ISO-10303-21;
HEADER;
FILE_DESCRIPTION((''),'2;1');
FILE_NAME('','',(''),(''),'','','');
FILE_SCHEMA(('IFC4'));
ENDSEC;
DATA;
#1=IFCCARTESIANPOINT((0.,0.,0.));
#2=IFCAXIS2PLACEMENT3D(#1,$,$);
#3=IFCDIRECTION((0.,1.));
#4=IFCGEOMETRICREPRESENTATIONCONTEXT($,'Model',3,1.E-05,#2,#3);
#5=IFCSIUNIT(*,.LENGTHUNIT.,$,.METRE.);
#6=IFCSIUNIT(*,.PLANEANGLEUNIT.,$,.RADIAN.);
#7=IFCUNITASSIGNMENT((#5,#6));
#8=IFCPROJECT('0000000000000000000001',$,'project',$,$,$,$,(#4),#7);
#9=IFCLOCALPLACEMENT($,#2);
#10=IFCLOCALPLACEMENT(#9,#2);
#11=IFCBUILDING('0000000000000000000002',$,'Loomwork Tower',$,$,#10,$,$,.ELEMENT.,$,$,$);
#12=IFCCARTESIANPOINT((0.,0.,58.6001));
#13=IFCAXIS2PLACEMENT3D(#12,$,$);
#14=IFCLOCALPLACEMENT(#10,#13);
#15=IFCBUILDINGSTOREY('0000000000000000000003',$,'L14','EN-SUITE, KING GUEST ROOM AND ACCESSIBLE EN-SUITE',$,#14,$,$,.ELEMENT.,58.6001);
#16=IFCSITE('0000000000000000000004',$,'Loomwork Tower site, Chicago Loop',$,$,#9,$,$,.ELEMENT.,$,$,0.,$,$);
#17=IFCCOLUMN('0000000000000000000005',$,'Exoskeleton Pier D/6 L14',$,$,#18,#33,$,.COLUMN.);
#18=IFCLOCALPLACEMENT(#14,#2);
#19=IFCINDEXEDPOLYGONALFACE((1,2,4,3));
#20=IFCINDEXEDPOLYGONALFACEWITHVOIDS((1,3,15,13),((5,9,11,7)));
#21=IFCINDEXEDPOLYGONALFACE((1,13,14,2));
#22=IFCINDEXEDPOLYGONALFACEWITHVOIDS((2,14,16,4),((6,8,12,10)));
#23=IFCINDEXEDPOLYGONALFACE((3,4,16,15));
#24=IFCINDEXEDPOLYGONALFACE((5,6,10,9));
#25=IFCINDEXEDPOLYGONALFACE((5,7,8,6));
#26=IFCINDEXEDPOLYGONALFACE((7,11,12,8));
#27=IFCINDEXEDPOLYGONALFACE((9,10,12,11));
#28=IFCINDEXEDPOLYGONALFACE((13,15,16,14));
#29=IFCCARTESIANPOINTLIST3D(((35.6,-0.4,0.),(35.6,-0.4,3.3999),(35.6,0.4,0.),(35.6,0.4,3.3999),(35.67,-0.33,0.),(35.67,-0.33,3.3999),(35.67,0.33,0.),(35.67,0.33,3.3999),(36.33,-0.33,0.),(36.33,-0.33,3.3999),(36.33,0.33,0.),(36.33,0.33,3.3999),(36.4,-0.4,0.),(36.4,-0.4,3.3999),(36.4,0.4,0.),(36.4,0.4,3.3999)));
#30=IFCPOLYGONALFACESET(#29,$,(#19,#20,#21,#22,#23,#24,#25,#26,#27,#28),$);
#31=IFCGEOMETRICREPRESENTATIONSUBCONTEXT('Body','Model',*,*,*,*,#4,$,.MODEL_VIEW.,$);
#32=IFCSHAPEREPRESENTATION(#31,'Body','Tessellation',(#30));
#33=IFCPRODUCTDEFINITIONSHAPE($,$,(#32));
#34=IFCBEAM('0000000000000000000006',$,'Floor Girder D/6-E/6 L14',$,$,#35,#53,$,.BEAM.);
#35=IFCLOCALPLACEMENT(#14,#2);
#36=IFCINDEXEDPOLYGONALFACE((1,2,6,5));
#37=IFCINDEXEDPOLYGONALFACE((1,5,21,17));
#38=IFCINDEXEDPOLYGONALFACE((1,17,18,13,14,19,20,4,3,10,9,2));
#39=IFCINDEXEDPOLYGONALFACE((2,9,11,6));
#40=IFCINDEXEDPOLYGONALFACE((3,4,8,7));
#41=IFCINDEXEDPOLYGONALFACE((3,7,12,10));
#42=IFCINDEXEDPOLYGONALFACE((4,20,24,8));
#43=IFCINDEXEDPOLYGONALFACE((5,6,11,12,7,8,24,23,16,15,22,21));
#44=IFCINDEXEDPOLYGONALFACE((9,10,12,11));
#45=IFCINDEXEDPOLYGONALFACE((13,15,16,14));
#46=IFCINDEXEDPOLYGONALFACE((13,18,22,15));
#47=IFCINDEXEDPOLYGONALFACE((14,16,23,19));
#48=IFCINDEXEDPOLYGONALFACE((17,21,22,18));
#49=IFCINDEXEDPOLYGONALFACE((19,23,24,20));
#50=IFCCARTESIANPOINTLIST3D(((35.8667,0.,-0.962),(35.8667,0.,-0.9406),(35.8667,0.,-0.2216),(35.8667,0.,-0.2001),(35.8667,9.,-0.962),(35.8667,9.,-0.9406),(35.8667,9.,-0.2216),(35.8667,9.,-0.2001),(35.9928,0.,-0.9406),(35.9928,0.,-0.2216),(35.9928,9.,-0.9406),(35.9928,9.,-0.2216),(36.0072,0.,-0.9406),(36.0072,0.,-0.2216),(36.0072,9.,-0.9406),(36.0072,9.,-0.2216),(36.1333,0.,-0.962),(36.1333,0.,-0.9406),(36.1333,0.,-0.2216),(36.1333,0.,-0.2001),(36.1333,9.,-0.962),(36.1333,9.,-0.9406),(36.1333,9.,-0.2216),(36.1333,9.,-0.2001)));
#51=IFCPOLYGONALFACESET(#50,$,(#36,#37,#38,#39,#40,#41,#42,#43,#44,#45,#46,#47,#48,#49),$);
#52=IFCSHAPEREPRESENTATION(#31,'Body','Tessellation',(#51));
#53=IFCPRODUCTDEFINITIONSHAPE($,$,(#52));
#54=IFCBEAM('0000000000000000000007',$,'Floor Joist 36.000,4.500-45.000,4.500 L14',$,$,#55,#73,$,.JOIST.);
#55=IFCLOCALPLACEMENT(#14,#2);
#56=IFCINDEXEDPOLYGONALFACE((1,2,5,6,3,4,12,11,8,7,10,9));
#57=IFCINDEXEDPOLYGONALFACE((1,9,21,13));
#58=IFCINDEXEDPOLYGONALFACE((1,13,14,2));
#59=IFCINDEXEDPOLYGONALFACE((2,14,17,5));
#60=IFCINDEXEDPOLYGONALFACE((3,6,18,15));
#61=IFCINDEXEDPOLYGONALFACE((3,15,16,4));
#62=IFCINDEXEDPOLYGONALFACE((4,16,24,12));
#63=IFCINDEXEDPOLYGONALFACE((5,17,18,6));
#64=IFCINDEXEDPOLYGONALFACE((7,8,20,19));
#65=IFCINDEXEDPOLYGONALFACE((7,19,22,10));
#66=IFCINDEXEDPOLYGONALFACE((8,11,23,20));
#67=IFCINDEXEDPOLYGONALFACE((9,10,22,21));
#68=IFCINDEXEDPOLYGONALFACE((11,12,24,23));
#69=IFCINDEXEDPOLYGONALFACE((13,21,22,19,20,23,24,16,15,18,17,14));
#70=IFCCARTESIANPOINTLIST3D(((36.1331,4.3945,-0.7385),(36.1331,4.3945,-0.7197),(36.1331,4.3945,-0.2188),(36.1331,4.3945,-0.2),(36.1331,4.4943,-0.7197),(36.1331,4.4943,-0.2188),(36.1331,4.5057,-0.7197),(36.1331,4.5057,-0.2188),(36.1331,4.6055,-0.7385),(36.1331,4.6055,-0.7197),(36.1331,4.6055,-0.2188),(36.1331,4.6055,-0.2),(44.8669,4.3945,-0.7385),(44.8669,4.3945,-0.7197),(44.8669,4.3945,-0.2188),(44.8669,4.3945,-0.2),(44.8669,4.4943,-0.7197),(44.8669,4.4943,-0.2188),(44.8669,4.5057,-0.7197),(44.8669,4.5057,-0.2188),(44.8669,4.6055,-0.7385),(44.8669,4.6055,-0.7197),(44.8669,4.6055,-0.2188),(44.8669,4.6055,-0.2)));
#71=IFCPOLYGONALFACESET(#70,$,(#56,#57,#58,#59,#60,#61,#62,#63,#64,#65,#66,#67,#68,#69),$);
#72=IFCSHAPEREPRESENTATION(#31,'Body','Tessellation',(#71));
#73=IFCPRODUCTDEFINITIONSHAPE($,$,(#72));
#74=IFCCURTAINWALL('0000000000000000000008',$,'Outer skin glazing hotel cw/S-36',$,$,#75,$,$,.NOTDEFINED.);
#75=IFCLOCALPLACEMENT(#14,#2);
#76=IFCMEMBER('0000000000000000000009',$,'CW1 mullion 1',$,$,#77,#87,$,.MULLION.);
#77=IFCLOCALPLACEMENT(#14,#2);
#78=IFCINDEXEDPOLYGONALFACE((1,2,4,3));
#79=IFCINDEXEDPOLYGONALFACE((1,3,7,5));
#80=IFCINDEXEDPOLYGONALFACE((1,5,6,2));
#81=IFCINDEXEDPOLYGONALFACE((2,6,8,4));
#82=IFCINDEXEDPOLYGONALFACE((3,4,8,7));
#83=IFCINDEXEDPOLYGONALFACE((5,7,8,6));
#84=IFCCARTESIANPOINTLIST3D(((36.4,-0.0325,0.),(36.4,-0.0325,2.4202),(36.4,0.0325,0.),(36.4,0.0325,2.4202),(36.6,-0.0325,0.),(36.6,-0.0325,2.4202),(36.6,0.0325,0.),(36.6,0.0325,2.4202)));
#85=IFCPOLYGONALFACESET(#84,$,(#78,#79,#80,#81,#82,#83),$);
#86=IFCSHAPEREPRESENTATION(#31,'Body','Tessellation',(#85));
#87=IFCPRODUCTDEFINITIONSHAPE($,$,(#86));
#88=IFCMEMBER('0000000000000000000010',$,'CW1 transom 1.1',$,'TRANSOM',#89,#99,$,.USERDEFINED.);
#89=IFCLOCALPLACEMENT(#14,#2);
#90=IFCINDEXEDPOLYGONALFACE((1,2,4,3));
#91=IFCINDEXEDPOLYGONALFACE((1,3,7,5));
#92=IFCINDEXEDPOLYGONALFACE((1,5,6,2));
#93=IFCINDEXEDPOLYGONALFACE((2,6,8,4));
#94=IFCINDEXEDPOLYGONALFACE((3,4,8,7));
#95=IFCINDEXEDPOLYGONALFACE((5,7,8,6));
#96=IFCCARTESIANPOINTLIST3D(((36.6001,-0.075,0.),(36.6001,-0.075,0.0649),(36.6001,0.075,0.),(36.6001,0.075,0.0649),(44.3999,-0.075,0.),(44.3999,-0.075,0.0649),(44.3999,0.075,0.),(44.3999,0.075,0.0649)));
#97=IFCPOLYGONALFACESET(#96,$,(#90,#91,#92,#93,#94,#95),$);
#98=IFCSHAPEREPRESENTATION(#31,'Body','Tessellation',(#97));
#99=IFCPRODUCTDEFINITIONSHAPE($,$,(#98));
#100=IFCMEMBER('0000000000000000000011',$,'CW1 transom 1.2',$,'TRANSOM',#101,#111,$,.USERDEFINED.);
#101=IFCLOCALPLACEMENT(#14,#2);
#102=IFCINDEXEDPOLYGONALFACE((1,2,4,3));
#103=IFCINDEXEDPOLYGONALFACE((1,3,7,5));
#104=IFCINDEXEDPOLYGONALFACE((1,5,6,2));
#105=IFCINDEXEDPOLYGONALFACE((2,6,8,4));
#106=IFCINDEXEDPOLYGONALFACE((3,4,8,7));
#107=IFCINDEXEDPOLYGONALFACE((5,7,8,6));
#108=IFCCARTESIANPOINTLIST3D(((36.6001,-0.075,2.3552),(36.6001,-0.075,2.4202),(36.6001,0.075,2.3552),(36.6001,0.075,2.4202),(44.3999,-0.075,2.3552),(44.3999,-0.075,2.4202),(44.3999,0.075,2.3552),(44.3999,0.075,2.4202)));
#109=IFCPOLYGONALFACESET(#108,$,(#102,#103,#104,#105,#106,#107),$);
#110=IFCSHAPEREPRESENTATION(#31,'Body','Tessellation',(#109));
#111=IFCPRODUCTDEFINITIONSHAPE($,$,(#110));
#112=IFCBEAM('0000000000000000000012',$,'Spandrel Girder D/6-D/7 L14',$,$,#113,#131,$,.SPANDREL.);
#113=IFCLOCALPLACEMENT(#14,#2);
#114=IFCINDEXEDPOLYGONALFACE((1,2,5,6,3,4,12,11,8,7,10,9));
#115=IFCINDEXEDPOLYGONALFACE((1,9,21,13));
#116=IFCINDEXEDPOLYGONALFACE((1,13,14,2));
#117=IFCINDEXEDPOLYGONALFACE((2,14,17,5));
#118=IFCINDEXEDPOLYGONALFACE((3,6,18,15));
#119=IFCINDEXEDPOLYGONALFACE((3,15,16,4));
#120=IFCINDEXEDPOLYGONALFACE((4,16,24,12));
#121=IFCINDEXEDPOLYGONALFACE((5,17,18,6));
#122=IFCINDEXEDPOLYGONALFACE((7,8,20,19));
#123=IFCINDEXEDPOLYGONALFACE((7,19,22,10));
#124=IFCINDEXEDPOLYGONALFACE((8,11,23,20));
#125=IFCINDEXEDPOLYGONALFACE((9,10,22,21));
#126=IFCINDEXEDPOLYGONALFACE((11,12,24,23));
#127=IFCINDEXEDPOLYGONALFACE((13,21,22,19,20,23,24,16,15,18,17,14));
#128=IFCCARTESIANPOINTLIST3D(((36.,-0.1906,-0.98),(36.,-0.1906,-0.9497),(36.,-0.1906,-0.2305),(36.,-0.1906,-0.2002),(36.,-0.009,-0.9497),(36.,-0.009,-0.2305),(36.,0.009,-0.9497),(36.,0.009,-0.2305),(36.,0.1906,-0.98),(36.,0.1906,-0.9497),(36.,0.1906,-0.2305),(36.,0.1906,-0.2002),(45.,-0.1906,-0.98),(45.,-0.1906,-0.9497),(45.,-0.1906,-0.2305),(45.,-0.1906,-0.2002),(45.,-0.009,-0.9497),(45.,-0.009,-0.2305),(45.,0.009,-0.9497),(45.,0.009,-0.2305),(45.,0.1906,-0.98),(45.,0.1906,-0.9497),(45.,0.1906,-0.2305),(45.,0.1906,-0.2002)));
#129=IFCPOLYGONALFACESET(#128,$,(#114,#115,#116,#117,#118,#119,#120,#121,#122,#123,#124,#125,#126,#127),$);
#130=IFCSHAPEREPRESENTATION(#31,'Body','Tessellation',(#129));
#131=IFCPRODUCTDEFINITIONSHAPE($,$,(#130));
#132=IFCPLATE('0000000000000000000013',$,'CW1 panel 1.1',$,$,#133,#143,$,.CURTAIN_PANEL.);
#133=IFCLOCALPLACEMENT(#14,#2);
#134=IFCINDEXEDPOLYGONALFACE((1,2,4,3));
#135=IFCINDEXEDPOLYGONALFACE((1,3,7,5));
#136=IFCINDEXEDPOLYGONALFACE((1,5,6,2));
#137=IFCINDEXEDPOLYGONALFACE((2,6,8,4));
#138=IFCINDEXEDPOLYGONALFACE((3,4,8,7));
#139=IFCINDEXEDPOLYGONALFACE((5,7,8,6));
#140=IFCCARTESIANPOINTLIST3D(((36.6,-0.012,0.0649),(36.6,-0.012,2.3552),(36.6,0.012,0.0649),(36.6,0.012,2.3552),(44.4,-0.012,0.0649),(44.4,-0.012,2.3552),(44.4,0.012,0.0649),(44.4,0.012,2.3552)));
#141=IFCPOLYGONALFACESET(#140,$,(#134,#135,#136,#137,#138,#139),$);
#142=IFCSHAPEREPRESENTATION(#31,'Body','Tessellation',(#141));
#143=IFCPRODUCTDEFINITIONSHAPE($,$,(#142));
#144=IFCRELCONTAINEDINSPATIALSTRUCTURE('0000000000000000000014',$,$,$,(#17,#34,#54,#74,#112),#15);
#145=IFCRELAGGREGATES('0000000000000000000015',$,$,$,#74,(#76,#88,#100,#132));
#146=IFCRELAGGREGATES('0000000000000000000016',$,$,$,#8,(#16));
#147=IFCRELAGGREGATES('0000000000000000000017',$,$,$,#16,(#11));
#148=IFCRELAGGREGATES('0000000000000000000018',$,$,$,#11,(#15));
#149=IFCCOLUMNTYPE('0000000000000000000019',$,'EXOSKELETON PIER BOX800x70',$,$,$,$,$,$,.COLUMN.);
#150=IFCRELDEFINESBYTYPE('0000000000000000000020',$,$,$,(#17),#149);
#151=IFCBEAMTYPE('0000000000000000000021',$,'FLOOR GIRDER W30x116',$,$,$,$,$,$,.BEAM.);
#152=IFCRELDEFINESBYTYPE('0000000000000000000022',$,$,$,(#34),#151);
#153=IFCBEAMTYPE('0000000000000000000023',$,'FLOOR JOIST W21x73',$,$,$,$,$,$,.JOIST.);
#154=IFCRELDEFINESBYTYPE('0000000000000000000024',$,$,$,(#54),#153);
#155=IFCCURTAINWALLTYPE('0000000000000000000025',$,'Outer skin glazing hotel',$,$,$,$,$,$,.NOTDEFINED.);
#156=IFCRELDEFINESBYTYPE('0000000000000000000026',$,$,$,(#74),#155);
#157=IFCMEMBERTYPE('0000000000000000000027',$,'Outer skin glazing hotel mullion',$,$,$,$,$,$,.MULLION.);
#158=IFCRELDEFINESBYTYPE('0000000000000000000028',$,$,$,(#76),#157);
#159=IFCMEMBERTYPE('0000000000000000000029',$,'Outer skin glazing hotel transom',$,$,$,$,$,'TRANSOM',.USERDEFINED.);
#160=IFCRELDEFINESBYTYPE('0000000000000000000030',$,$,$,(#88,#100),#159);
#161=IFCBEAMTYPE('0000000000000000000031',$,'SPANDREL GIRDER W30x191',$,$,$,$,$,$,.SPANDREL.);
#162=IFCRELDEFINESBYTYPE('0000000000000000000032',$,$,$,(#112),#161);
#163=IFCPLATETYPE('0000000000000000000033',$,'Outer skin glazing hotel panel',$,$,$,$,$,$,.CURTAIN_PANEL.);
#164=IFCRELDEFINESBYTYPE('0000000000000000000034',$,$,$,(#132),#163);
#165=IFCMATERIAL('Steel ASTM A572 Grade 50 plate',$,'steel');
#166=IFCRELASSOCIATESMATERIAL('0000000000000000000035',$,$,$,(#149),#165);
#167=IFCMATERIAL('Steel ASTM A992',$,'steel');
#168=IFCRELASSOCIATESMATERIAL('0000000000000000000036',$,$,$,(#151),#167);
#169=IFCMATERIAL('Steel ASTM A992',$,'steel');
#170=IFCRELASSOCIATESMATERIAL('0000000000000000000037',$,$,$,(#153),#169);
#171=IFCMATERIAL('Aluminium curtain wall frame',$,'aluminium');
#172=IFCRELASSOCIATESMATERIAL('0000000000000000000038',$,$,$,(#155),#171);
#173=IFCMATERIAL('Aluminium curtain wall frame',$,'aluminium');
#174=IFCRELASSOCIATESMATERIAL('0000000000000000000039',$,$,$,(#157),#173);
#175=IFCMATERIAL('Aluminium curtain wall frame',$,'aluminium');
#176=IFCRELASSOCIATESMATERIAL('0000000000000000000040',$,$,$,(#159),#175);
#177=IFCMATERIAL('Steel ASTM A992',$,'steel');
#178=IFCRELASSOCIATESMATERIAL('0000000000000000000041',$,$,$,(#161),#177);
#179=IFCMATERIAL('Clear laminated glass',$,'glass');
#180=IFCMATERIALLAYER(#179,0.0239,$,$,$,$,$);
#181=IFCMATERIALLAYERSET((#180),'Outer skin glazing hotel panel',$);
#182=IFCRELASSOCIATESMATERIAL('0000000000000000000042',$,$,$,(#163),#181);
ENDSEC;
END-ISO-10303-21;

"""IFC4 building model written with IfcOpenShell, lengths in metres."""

from ifc_helpers import new_model, si_unit, direction, frame, origin, origin_2d, place, context, subcontext, project, spatial, rectangle, hollow_rectangle, i_section, extrude, material, layer, layer_set, material_profile, profile_set, type_object, element, aggregate, save


model = new_model("IFC4")

# Units and contexts
model_context = context("Model", 3, precision=1e-05, world=origin(), true_north=direction((0.0, 1.0)))
body_context = subcontext(model_context, "Body", "Model", "MODEL_VIEW")
ifc_project = project(units=[si_unit("LENGTHUNIT", "METRE"), si_unit("PLANEANGLEUNIT", "RADIAN")], contexts=[model_context])

# Site, building, storey
site_placement = place(None, origin())
site = spatial("IfcSite", under=ifc_project, at=site_placement, Name="Loomwork Tower site, Chicago Loop", CompositionType="ELEMENT", RefElevation=0.0)
building_placement = place(site_placement, origin())
building = spatial("IfcBuilding", under=site, at=building_placement, Name="Loomwork Tower", CompositionType="ELEMENT")
storey_placement = place(building_placement, frame((0.0, 0.0, 58.6001)))
storey = spatial("IfcBuildingStorey", under=building, at=storey_placement, Name="L14", Description="EN-SUITE, KING GUEST ROOM AND ACCESSIBLE EN-SUITE", CompositionType="ELEMENT", Elevation=58.6001)

# Column
ifc_material_1 = material(Name="Steel ASTM A572 Grade 50 plate", Category="steel")
ifc_material_profile_1 = material_profile(ifc_material_1, hollow_rectangle(XDim=0.8, YDim=0.8, WallThickness=0.0701, at=origin_2d()), Name="BOX800x70")
ifc_profile_set_1 = profile_set([ifc_material_profile_1], Name="Steel ASTM A572 Grade 50 plate")
column_type = type_object("IfcColumnType", Name="EXOSKELETON PIER BOX800x70", PredefinedType="COLUMN", material=ifc_profile_set_1)
column_placement = place(storey_placement, frame((36.0, 0.0, 0.0), z_axis=(0.0, 0.0, 1.0), x_axis=(1.0, 0.0, 0.0)))
element("IfcColumn", 1, at=column_placement, inside=storey, type_object=column_type, Name="Exoskeleton Pier D/6 L14", PredefinedType="COLUMN", context=body_context, shape_type="SweptSolid", body=[
    extrude(hollow_rectangle(XDim=0.8, YDim=0.8, WallThickness=0.0701, at=origin_2d()), origin(), (0.0, 0.0, 1.0), 3.3999),
])

# Beams
ifc_material_2 = material(Name="Steel ASTM A992", Category="steel")
ifc_material_profile_2 = material_profile(ifc_material_2, i_section(OverallWidth=0.2666, OverallDepth=0.762, WebThickness=0.0144, FlangeThickness=0.0215, at=origin_2d()), Name="W30x116")
ifc_profile_set_2 = profile_set([ifc_material_profile_2], Name="Steel ASTM A992")
beam_type_1 = type_object("IfcBeamType", Name="FLOOR GIRDER W30x116", PredefinedType="BEAM", material=ifc_profile_set_2)
beam_1_placement = place(storey_placement, frame((36.0, 0.0, -0.5811), z_axis=(0.0, 1.0, 0.0), x_axis=(-1.0, 0.0, 0.0)))
element("IfcBeam", 2, at=beam_1_placement, inside=storey, type_object=beam_type_1, Name="Floor Girder D/6-E/6 L14", PredefinedType="BEAM", context=body_context, shape_type="SweptSolid", body=[
    extrude(i_section(OverallWidth=0.2666, OverallDepth=0.762, WebThickness=0.0144, FlangeThickness=0.0215, at=origin_2d()), origin(), (0.0, 0.0, 1.0), 9.0),
])
ifc_material_3 = material(Name="Steel ASTM A992", Category="steel")
ifc_material_profile_3 = material_profile(ifc_material_3, i_section(OverallWidth=0.2109, OverallDepth=0.5386, WebThickness=0.0115, FlangeThickness=0.0188, at=origin_2d()), Name="W21x73")
ifc_profile_set_3 = profile_set([ifc_material_profile_3], Name="Steel ASTM A992")
beam_type_2 = type_object("IfcBeamType", Name="FLOOR JOIST W21x73", PredefinedType="JOIST", material=ifc_profile_set_3)
beam_2_placement = place(storey_placement, frame((36.1331, 4.5, -0.4692), z_axis=(1.0, 0.0, 0.0), x_axis=(0.0, 1.0, 0.0)))
element("IfcBeam", 3, at=beam_2_placement, inside=storey, type_object=beam_type_2, Name="Floor Joist 36.000,4.500-45.000,4.500 L14", PredefinedType="JOIST", context=body_context, shape_type="SweptSolid", body=[
    extrude(i_section(OverallWidth=0.2109, OverallDepth=0.5386, WebThickness=0.0115, FlangeThickness=0.0188, at=origin_2d()), origin(), (0.0, 0.0, 1.0), 8.7339),
])

# Curtain wall, members
ifc_material_4 = material(Name="Aluminium curtain wall frame", Category="aluminium")
curtain_wall_type = type_object("IfcCurtainWallType", Name="Outer skin glazing hotel", PredefinedType="NOTDEFINED", material=ifc_material_4)
curtain_wall_placement = place(storey_placement, origin())
curtain_wall = element("IfcCurtainWall", 4, at=curtain_wall_placement, inside=storey, type_object=curtain_wall_type, Name="Outer skin glazing hotel cw/S-36", PredefinedType="NOTDEFINED")
ifc_material_5 = material(Name="Aluminium curtain wall frame", Category="aluminium")
ifc_material_profile_4 = material_profile(ifc_material_5, rectangle(XDim=0.0649, YDim=0.2, at=origin_2d()), Name="AL 65x200")
ifc_profile_set_4 = profile_set([ifc_material_profile_4], Name="Aluminium curtain wall frame")
member_type_1 = type_object("IfcMemberType", Name="Outer skin glazing hotel mullion", PredefinedType="MULLION", material=ifc_profile_set_4)
member_1_placement = place(storey_placement, frame((36.5, 0.0, 0.0), z_axis=(0.0, 0.0, 1.0), x_axis=(0.0, 1.0, 0.0)))
member_1 = element("IfcMember", 5, at=member_1_placement, type_object=member_type_1, Name="CW1 mullion 1", PredefinedType="MULLION", context=body_context, shape_type="SweptSolid", body=[
    extrude(rectangle(XDim=0.0649, YDim=0.2, at=origin_2d()), origin(), (0.0, 0.0, 1.0), 2.4202),
])
ifc_material_6 = material(Name="Aluminium curtain wall frame", Category="aluminium")
ifc_material_profile_5 = material_profile(ifc_material_6, rectangle(XDim=0.1499, YDim=0.0649, at=origin_2d()), Name="AL 65x150")
ifc_profile_set_5 = profile_set([ifc_material_profile_5], Name="Aluminium curtain wall frame")
member_type_2 = type_object("IfcMemberType", Name="Outer skin glazing hotel transom", ElementType="TRANSOM", PredefinedType="USERDEFINED", material=ifc_profile_set_5)
member_2_placement = place(storey_placement, frame((36.6001, 0.0, 0.0325), z_axis=(1.0, 0.0, 0.0), x_axis=(0.0, 1.0, 0.0)))
member_2 = element("IfcMember", 6, at=member_2_placement, type_object=member_type_2, Name="CW1 transom 1.1", ObjectType="TRANSOM", PredefinedType="USERDEFINED", context=body_context, shape_type="SweptSolid", body=[
    extrude(rectangle(XDim=0.1499, YDim=0.0649, at=origin_2d()), origin(), (0.0, 0.0, 1.0), 7.7998),
])
member_3_placement = place(storey_placement, frame((36.6001, 0.0, 2.3877), z_axis=(1.0, 0.0, 0.0), x_axis=(0.0, 1.0, 0.0)))
member_3 = element("IfcMember", 7, at=member_3_placement, type_object=member_type_2, Name="CW1 transom 1.2", ObjectType="TRANSOM", PredefinedType="USERDEFINED", context=body_context, shape_type="SweptSolid", body=[
    extrude(rectangle(XDim=0.1499, YDim=0.0649, at=origin_2d()), origin(), (0.0, 0.0, 1.0), 7.7998),
])

# Beam
ifc_material_7 = material(Name="Steel ASTM A992", Category="steel")
ifc_material_profile_6 = material_profile(ifc_material_7, i_section(OverallWidth=0.3811, OverallDepth=0.7798, WebThickness=0.0181, FlangeThickness=0.0303, at=origin_2d()), Name="W30x191")
ifc_profile_set_6 = profile_set([ifc_material_profile_6], Name="Steel ASTM A992")
beam_type_3 = type_object("IfcBeamType", Name="SPANDREL GIRDER W30x191", PredefinedType="SPANDREL", material=ifc_profile_set_6)
beam_3_placement = place(storey_placement, frame((36.0, 0.0, -0.5901), z_axis=(1.0, 0.0, 0.0), x_axis=(0.0, 1.0, 0.0)))
element("IfcBeam", 8, at=beam_3_placement, inside=storey, type_object=beam_type_3, Name="Spandrel Girder D/6-D/7 L14", PredefinedType="SPANDREL", context=body_context, shape_type="SweptSolid", body=[
    extrude(i_section(OverallWidth=0.3811, OverallDepth=0.7798, WebThickness=0.0181, FlangeThickness=0.0303, at=origin_2d()), origin(), (0.0, 0.0, 1.0), 9.0),
])

# Plate
ifc_material_8 = material(Name="Clear laminated glass", Category="glass")
ifc_layer_1 = layer(ifc_material_8, 0.0239)
ifc_layer_set_1 = layer_set([ifc_layer_1], Name="Outer skin glazing hotel panel")
plate_type = type_object("IfcPlateType", Name="Outer skin glazing hotel panel", PredefinedType="CURTAIN_PANEL", material=ifc_layer_set_1)
plate_placement = place(storey_placement, frame((40.5, 0.0, 0.0649), z_axis=(0.0, 0.0, 1.0), x_axis=(1.0, 0.0, 0.0)))
plate = element("IfcPlate", 9, at=plate_placement, type_object=plate_type, Name="CW1 panel 1.1", PredefinedType="CURTAIN_PANEL", context=body_context, shape_type="SweptSolid", body=[
    extrude(rectangle(XDim=7.8, YDim=0.0239, at=origin_2d()), origin(), (0.0, 0.0, 1.0), 2.2903),
])
aggregate(curtain_wall, [member_1, member_2, member_3, plate])

save(model, "model.ifc")
